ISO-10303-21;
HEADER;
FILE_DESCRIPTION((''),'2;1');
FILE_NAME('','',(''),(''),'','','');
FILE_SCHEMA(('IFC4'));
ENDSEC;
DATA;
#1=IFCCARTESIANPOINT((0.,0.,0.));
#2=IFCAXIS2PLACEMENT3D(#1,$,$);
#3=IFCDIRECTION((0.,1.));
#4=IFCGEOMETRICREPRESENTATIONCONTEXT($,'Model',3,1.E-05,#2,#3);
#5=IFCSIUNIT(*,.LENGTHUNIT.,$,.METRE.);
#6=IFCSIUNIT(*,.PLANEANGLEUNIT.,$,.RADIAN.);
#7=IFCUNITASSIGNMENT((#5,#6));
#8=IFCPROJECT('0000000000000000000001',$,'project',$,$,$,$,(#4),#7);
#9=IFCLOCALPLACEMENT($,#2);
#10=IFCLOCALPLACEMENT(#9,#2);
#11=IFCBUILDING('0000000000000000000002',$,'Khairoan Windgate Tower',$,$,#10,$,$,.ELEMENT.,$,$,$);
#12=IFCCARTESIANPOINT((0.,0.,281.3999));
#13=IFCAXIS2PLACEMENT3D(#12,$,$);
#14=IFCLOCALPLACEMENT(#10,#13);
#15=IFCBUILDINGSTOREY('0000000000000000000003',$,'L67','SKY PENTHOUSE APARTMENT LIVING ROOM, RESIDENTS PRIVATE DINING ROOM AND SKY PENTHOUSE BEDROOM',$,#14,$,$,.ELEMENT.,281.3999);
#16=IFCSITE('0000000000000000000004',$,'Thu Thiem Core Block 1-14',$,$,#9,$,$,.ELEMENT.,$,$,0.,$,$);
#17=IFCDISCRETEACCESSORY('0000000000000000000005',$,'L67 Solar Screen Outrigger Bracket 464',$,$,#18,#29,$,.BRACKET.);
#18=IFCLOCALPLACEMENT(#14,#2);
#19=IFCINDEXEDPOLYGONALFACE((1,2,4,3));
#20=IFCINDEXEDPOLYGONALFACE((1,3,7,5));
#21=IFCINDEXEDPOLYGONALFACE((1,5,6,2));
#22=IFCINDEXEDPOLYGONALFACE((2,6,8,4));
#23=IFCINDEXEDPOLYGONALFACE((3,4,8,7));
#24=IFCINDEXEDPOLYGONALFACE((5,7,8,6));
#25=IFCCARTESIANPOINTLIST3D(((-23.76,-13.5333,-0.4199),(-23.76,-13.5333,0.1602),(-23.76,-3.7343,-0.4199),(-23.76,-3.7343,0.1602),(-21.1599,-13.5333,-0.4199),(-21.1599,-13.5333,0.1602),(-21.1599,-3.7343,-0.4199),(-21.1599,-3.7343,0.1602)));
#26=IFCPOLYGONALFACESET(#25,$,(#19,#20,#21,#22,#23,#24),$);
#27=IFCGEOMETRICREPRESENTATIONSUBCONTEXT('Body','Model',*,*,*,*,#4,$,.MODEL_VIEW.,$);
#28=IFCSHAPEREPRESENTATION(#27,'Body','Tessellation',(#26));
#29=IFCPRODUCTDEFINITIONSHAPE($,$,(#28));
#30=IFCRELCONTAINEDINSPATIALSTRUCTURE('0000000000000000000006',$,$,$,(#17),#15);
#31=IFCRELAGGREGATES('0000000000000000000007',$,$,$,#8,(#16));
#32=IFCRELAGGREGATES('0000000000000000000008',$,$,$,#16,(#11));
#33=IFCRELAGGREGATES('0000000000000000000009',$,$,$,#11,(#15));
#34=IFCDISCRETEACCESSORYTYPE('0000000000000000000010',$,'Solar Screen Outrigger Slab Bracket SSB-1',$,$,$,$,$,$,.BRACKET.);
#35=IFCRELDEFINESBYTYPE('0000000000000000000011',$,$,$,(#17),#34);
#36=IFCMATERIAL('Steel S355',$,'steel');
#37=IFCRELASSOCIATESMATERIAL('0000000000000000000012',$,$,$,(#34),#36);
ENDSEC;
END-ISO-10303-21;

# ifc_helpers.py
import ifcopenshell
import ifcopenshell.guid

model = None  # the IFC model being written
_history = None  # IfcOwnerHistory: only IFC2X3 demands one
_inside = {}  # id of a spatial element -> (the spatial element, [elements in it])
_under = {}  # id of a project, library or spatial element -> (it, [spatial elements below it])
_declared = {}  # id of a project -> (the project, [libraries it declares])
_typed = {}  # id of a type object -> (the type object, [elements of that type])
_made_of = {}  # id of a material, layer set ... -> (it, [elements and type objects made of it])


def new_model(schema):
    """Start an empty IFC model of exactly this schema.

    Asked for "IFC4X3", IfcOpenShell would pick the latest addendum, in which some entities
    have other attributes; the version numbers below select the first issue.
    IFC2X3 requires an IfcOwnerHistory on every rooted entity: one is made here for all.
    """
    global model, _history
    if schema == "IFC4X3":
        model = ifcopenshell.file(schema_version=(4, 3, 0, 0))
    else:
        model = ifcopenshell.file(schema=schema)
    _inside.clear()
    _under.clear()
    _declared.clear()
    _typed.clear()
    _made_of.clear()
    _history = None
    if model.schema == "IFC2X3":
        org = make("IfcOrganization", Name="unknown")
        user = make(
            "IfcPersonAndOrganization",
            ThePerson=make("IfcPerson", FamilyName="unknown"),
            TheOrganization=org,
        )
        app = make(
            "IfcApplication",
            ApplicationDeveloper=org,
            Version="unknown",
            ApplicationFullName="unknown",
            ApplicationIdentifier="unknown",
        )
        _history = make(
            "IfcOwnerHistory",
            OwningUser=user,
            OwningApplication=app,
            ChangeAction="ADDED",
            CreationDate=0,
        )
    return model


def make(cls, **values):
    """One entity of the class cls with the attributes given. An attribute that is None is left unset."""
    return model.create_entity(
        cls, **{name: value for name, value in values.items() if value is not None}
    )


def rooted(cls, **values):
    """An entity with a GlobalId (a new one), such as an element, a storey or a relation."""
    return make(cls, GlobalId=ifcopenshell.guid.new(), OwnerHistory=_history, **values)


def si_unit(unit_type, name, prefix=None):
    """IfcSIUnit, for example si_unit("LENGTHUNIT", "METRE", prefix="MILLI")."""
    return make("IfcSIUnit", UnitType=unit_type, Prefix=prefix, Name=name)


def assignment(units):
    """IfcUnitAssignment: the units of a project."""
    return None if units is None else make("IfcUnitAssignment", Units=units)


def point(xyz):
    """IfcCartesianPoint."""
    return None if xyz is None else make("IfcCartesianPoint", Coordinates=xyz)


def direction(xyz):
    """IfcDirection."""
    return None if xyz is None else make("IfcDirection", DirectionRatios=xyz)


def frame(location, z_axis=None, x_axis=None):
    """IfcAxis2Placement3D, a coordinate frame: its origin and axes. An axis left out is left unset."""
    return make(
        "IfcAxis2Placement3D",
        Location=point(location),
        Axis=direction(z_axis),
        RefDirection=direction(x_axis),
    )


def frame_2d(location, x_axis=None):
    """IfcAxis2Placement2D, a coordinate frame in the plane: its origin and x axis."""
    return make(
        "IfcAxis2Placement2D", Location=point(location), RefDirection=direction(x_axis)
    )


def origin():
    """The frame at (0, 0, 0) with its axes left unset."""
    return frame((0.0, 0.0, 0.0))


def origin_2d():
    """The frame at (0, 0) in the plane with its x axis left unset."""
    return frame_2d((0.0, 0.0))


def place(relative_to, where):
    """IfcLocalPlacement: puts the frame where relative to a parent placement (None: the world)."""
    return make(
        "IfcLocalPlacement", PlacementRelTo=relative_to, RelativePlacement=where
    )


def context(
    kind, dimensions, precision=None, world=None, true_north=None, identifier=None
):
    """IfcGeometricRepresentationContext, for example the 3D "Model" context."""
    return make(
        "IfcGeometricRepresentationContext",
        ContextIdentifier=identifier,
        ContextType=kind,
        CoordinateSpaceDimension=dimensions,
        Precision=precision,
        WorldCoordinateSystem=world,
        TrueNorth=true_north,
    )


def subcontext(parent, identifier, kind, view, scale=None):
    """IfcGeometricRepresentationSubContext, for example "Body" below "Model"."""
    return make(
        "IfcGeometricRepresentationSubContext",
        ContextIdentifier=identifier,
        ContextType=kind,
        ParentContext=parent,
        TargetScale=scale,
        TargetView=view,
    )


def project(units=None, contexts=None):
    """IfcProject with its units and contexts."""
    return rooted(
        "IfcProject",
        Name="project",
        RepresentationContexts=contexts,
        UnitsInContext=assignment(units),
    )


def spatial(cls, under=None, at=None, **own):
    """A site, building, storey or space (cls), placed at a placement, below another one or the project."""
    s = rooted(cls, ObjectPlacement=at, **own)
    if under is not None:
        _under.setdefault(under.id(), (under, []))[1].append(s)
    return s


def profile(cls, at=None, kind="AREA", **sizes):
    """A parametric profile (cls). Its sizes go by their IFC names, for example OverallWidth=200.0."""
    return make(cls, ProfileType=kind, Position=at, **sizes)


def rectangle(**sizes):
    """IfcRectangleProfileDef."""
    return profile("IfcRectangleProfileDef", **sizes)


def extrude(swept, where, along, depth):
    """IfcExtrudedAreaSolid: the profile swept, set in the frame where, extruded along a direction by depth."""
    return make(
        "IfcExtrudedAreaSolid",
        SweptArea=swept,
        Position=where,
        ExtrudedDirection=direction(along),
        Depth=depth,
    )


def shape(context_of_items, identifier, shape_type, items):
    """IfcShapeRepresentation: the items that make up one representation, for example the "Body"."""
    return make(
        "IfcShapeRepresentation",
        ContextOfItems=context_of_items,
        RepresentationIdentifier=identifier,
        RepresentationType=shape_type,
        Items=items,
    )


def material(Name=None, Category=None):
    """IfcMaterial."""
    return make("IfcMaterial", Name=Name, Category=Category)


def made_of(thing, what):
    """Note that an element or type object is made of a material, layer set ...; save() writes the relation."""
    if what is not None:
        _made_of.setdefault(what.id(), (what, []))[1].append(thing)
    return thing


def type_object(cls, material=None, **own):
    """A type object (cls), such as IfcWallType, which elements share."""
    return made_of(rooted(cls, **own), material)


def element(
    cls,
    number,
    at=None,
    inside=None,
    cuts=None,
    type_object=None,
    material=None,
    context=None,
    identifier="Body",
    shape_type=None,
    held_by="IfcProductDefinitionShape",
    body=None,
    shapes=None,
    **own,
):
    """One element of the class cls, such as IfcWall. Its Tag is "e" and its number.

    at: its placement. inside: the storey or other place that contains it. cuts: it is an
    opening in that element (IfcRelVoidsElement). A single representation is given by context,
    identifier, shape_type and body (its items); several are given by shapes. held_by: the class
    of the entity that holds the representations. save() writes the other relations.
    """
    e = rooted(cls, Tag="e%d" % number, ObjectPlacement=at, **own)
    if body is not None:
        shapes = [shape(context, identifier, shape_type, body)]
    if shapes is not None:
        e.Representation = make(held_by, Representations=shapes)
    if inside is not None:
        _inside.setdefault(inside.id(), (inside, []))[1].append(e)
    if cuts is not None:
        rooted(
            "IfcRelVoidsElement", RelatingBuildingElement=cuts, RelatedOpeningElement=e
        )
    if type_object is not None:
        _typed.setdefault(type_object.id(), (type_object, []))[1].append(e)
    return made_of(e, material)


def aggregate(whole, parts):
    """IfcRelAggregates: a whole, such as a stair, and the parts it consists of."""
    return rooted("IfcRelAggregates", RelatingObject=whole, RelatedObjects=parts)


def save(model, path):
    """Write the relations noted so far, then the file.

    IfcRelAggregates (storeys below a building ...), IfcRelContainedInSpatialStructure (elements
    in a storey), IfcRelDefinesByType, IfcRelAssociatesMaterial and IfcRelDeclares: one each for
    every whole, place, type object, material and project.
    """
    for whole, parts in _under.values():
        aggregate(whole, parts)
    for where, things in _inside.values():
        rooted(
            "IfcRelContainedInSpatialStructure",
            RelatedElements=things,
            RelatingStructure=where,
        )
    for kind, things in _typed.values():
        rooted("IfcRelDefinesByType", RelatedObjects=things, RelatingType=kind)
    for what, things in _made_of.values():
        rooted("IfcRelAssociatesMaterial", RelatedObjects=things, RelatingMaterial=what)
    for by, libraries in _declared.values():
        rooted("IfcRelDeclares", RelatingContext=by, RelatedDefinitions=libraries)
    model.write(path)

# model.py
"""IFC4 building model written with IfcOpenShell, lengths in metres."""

from ifc_helpers import new_model, si_unit, direction, frame, origin, origin_2d, place, context, subcontext, project, spatial, rectangle, extrude, material, type_object, element, save


model = new_model("IFC4")

# Units and contexts
model_context = context("Model", 3, precision=1e-05, world=origin(), true_north=direction((0.0, 1.0)))
body_context = subcontext(model_context, "Body", "Model", "MODEL_VIEW")
ifc_project = project(units=[si_unit("LENGTHUNIT", "METRE"), si_unit("PLANEANGLEUNIT", "RADIAN")], contexts=[model_context])

# Site, building, storey
site_placement = place(None, origin())
site = spatial("IfcSite", under=ifc_project, at=site_placement, Name="Thu Thiem Core Block 1-14", CompositionType="ELEMENT", RefElevation=0.0)
building_placement = place(site_placement, origin())
building = spatial("IfcBuilding", under=site, at=building_placement, Name="Khairoan Windgate Tower", CompositionType="ELEMENT")
storey_placement = place(building_placement, frame((0.0, 0.0, 281.3999)))
storey = spatial("IfcBuildingStorey", under=building, at=storey_placement, Name="L67", Description="SKY PENTHOUSE APARTMENT LIVING ROOM, RESIDENTS PRIVATE DINING ROOM AND SKY PENTHOUSE BEDROOM", CompositionType="ELEMENT", Elevation=281.3999)

# Discrete accessory
ifc_material_1 = material(Name="Steel S355", Category="steel")
discrete_accessory_type = type_object("IfcDiscreteAccessoryType", Name="Solar Screen Outrigger Slab Bracket SSB-1", PredefinedType="BRACKET", material=ifc_material_1)
discrete_accessory_placement = place(storey_placement, frame((-22.46, -8.6338, -0.4199), z_axis=(0.0, 0.0, 1.0), x_axis=(0.0, 1.0, 0.0)))
element("IfcDiscreteAccessory", 1, at=discrete_accessory_placement, inside=storey, type_object=discrete_accessory_type, Name="L67 Solar Screen Outrigger Bracket 464", PredefinedType="BRACKET", context=body_context, shape_type="SweptSolid", body=[
    extrude(rectangle(XDim=9.7991, YDim=2.6001, at=origin_2d()), origin(), (0.0, 0.0, 1.0), 0.5801),
])

save(model, "model.ifc")
